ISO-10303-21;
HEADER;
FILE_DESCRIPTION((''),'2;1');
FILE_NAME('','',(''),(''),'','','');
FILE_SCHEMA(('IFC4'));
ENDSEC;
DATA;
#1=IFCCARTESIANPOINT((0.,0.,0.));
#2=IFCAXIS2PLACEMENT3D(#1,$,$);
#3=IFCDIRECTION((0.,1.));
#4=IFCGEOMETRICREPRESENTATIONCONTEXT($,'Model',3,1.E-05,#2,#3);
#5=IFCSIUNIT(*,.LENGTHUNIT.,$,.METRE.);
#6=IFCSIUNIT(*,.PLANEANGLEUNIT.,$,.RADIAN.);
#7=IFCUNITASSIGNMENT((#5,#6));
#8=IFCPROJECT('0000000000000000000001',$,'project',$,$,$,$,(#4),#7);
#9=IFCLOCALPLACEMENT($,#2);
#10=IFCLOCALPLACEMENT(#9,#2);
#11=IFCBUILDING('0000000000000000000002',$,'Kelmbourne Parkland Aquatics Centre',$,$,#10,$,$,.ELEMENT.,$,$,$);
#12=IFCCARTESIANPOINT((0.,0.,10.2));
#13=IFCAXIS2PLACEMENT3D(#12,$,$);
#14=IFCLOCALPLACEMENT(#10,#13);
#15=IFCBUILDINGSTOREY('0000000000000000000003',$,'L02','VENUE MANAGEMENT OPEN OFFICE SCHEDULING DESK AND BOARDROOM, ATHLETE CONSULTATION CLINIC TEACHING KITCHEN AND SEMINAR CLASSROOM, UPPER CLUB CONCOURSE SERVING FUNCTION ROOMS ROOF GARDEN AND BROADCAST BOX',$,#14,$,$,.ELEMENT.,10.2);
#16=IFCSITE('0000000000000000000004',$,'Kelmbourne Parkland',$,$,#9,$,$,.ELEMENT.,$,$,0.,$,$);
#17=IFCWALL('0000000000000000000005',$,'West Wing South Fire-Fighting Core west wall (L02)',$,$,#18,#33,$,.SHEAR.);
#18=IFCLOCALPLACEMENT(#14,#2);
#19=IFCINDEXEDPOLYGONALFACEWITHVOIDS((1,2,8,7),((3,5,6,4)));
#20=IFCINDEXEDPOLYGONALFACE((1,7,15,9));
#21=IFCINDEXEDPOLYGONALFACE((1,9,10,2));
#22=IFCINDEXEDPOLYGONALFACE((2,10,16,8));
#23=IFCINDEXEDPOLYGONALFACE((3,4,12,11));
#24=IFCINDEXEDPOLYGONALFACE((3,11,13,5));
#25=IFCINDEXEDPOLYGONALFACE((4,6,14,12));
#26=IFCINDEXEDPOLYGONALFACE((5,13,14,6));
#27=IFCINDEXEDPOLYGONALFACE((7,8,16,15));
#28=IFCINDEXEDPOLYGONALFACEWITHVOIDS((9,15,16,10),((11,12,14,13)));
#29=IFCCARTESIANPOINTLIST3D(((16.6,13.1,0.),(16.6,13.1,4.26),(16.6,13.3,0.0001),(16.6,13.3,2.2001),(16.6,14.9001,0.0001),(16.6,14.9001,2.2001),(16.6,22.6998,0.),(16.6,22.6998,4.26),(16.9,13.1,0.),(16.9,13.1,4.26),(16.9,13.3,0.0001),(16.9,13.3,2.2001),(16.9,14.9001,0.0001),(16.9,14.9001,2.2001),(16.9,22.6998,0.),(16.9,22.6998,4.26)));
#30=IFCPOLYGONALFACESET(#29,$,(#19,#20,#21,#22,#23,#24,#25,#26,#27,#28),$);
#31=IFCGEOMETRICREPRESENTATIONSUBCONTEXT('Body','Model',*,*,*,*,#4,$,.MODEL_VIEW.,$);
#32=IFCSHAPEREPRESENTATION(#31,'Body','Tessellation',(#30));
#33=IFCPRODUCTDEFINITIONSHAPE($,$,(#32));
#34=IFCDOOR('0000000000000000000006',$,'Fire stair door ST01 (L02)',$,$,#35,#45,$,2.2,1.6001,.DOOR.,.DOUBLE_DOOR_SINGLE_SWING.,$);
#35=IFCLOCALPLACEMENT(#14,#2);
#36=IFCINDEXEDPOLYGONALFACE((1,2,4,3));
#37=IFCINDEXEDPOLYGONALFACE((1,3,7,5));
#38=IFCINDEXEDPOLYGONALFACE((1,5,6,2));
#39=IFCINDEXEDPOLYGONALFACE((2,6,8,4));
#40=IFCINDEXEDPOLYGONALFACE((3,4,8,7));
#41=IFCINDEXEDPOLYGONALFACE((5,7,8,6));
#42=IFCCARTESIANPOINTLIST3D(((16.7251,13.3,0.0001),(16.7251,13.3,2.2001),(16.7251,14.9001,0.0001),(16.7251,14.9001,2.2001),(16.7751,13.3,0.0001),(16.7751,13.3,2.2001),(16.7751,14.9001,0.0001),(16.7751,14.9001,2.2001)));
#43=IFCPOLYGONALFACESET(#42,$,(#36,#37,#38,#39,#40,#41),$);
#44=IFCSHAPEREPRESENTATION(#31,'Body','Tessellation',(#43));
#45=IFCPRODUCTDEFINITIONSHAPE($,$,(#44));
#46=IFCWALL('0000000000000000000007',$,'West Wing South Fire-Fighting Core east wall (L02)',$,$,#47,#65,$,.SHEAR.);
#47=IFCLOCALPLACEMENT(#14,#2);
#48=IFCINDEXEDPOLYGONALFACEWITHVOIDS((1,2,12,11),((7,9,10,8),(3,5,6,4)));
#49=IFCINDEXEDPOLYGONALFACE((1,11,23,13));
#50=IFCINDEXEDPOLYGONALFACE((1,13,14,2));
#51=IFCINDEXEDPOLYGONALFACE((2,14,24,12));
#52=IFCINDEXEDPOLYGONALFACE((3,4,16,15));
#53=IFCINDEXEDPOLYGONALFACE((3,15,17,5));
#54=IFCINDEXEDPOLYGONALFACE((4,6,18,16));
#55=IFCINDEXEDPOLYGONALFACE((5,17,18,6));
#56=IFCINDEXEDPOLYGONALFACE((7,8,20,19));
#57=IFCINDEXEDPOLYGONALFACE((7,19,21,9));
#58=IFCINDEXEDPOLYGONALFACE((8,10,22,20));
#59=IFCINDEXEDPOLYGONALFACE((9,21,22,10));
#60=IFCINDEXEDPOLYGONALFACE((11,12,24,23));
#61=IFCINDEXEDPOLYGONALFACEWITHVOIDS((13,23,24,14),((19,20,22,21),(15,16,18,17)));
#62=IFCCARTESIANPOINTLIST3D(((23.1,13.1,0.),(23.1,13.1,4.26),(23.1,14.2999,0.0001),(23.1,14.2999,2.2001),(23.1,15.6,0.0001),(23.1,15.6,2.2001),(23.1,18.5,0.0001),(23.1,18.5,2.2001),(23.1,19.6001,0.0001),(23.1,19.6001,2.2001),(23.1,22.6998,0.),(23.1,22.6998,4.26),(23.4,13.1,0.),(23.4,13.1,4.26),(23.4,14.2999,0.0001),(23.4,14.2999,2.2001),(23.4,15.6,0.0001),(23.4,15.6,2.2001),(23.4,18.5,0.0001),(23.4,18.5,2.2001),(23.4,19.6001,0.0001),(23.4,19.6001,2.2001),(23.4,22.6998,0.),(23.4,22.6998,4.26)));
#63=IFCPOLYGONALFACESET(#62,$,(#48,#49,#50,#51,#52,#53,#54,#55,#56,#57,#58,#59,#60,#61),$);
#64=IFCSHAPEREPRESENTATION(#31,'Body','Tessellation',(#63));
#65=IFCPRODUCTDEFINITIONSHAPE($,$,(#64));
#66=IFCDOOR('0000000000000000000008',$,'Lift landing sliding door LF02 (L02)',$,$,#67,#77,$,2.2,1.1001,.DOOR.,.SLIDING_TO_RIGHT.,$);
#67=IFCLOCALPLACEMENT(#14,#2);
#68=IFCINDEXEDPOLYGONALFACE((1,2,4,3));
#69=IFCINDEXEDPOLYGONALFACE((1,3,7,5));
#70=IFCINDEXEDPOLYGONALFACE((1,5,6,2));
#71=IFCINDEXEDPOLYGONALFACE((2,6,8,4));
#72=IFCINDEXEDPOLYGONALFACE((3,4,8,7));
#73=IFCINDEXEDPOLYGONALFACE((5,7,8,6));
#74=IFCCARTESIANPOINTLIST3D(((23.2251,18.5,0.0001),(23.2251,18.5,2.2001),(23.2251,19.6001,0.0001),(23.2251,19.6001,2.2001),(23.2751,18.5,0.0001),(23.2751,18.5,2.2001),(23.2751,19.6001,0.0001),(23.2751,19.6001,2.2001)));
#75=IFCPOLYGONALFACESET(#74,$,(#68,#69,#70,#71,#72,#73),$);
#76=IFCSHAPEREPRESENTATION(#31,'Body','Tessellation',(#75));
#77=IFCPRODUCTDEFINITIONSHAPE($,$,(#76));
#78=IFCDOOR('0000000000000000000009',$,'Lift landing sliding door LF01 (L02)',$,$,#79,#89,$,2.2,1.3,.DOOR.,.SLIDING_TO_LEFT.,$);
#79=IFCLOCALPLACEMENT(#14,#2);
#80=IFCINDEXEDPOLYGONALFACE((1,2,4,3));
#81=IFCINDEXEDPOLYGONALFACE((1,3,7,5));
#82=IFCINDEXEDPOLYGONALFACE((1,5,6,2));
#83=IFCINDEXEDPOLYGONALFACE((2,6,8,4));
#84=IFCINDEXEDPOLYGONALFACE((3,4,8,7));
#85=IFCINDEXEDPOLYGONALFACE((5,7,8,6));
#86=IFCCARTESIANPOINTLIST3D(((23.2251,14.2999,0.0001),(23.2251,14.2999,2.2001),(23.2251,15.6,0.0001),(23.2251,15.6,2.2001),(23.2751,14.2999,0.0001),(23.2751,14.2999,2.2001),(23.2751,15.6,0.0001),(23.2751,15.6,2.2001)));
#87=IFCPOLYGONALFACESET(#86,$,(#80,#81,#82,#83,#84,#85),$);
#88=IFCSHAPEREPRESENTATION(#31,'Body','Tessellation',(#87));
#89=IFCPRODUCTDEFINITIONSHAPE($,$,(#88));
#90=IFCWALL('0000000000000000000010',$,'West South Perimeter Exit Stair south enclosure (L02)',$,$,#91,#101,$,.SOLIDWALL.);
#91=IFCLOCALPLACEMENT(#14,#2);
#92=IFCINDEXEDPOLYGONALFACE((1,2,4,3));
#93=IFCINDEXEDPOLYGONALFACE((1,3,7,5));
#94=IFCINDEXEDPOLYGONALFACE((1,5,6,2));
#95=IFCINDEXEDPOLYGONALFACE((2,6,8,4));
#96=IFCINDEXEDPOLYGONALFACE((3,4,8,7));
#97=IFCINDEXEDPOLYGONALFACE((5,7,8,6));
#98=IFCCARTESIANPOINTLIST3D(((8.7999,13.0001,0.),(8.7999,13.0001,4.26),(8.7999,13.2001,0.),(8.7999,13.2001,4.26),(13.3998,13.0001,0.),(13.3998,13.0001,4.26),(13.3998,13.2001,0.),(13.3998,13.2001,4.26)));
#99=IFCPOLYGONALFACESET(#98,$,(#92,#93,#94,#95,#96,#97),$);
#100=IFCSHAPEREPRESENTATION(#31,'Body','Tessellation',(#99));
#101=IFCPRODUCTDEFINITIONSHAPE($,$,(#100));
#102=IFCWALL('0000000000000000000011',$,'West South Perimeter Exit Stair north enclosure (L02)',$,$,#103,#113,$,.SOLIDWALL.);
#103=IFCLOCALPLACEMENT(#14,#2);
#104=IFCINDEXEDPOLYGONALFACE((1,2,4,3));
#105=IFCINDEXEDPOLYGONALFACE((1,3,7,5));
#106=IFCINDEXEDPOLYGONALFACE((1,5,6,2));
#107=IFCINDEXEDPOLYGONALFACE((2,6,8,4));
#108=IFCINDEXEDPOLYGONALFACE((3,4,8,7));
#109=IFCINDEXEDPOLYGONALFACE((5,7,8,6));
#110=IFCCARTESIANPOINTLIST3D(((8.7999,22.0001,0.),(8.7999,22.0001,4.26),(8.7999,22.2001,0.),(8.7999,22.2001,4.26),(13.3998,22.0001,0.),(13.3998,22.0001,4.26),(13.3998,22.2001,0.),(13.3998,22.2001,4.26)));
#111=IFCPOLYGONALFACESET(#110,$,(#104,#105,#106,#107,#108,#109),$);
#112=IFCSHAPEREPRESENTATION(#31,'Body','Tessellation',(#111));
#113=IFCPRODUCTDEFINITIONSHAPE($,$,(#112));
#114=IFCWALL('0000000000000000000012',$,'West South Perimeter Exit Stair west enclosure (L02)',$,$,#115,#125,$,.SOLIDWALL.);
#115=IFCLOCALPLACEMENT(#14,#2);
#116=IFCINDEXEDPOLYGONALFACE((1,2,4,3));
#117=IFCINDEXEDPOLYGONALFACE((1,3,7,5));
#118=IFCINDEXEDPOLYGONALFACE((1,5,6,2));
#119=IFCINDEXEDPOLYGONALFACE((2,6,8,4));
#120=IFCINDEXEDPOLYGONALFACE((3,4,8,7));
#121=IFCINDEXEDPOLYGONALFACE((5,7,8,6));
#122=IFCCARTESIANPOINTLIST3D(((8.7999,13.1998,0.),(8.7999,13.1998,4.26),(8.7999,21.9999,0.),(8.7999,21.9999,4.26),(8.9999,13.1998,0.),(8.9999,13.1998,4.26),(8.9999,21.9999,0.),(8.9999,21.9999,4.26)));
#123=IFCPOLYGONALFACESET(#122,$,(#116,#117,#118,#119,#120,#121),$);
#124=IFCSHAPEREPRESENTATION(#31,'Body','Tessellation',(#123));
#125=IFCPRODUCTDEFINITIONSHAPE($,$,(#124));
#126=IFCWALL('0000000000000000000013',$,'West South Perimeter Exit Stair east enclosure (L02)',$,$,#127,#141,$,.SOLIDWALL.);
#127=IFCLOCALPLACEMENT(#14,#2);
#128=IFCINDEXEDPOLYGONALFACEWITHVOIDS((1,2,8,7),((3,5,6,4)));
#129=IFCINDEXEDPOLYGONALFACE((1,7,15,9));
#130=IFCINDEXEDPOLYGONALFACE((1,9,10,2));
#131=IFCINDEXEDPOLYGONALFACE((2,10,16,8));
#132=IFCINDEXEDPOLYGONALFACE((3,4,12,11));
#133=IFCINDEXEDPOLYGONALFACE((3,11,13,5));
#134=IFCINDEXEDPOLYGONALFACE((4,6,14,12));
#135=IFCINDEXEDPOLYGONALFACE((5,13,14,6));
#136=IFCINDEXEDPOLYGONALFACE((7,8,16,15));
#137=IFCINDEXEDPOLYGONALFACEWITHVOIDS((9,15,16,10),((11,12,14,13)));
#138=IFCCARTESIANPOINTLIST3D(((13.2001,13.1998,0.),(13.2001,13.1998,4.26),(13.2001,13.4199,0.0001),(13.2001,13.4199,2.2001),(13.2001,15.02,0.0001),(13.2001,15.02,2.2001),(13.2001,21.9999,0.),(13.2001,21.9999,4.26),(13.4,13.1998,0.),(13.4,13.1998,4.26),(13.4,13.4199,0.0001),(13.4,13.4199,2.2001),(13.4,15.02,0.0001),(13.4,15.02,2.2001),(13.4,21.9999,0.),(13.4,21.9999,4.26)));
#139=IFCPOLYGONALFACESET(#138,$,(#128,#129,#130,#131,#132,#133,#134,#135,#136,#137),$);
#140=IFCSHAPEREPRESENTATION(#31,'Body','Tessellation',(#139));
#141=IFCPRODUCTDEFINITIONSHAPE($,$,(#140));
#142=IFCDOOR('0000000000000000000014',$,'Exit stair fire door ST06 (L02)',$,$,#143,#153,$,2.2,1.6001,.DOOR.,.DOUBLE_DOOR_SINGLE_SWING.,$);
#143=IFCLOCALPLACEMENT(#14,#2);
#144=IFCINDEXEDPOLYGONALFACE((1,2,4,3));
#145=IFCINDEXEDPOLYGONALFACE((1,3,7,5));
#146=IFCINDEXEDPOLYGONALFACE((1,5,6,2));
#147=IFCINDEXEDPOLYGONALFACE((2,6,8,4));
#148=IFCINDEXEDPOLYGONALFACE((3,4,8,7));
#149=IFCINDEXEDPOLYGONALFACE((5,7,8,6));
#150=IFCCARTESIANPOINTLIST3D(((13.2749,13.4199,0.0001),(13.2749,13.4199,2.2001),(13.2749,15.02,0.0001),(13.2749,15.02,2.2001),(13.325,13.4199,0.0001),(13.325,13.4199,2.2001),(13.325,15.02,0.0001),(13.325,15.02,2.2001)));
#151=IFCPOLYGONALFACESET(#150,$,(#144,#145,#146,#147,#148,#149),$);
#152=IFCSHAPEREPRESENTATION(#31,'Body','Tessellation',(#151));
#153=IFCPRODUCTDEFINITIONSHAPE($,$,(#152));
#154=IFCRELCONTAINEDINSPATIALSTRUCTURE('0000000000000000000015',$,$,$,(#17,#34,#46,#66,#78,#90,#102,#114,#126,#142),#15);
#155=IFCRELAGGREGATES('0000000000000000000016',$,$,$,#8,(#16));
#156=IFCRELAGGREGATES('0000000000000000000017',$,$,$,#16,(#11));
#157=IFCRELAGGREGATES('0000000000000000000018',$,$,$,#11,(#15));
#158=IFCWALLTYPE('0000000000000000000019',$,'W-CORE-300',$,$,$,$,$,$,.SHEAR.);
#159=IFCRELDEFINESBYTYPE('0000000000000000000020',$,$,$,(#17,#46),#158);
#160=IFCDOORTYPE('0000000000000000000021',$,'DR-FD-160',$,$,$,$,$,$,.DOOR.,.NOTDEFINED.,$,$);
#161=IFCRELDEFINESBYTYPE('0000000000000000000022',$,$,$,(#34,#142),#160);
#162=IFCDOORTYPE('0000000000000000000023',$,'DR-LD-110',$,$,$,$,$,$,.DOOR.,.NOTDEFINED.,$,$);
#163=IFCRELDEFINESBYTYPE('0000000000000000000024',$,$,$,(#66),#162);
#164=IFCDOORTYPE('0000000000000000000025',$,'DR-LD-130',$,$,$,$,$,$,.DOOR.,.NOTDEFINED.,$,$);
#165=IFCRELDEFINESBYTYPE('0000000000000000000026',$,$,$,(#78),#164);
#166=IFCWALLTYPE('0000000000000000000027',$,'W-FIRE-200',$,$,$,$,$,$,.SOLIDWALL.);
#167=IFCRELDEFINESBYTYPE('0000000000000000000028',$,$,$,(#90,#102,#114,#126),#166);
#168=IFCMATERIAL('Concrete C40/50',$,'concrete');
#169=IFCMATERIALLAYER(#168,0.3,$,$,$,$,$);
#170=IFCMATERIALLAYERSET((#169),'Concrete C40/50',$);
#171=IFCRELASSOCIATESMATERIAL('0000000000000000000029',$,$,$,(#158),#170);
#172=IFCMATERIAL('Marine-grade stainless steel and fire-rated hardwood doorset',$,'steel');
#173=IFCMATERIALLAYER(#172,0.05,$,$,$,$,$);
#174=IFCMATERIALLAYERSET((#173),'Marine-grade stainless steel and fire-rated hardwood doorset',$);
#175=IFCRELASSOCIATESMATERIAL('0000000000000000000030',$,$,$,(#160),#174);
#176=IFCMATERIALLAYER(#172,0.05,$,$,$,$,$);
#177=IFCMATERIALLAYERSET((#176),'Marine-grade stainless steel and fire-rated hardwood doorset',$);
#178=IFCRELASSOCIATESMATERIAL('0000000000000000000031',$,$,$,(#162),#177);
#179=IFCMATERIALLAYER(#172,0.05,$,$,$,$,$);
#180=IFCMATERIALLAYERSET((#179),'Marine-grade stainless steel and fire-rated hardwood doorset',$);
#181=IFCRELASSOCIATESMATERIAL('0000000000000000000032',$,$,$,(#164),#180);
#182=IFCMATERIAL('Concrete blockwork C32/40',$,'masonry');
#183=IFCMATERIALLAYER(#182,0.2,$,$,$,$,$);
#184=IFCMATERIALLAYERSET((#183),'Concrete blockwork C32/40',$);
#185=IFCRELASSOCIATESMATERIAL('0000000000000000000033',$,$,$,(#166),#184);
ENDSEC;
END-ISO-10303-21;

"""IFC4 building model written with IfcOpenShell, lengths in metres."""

from ifc_helpers import new_model, si_unit, direction, frame, frame_2d, origin, place, context, subcontext, project, spatial, rectangle, extrude, material, layer, layer_set, type_object, element, fill, save


model = new_model("IFC4")

# Units and contexts
model_context = context("Model", 3, precision=1e-05, world=origin(), true_north=direction((0.0, 1.0)))
body_context = subcontext(model_context, "Body", "Model", "MODEL_VIEW")
ifc_project = project(units=[si_unit("LENGTHUNIT", "METRE"), si_unit("PLANEANGLEUNIT", "RADIAN")], contexts=[model_context])

# Site, building, storey
site_placement = place(None, origin())
site = spatial("IfcSite", under=ifc_project, at=site_placement, Name="Kelmbourne Parkland", CompositionType="ELEMENT", RefElevation=0.0)
building_placement = place(site_placement, origin())
building = spatial("IfcBuilding", under=site, at=building_placement, Name="Kelmbourne Parkland Aquatics Centre", CompositionType="ELEMENT")
storey_placement = place(building_placement, frame((0.0, 0.0, 10.2)))
storey = spatial("IfcBuildingStorey", under=building, at=storey_placement, Name="L02", Description="VENUE MANAGEMENT OPEN OFFICE SCHEDULING DESK AND BOARDROOM, ATHLETE CONSULTATION CLINIC TEACHING KITCHEN AND SEMINAR CLASSROOM, UPPER CLUB CONCOURSE SERVING FUNCTION ROOMS ROOF GARDEN AND BROADCAST BOX", CompositionType="ELEMENT", Elevation=10.2)

# Shared definitions
ifc_material_1 = material(Name="Concrete C40/50", Category="concrete")

# Shared definitions
ifc_layer_1 = layer(ifc_material_1, 0.3)
ifc_layer_set_1 = layer_set([ifc_layer_1], Name="Concrete C40/50")
wall_type_1 = type_object("IfcWallType", Name="W-CORE-300", PredefinedType="SHEAR", material=ifc_layer_set_1)

# Wall, opening, door
wall_1_placement = place(storey_placement, frame((16.75, 13.1001, 0.0), z_axis=(0.0, 0.0, 1.0), x_axis=(0.0, 1.0, 0.0)))
wall_1 = element("IfcWall", 1, at=wall_1_placement, inside=storey, type_object=wall_type_1, Name="West Wing South Fire-Fighting Core west wall (L02)", PredefinedType="SHEAR", context=body_context, shape_type="SweptSolid", body=[
    extrude(rectangle(XDim=9.5999, YDim=0.3, at=frame_2d((4.7998, 0.0))), origin(), (0.0, 0.0, 1.0), 4.26),
])
opening_1_placement = place(wall_1_placement, frame((0.2, 0.0, 0.0)))
opening_1 = element("IfcOpeningElement", 2, at=opening_1_placement, cuts=wall_1, PredefinedType="OPENING", context=body_context, shape_type="SweptSolid", body=[
    extrude(rectangle(XDim=1.6001, YDim=2.2, at=frame_2d((0.8, 1.1001))), frame((0.0, 0.1621, 0.0), z_axis=(0.0, -1.0, 0.0), x_axis=(1.0, 0.0, 0.0)), (0.0, 0.0, 1.0), 0.324),
])
ifc_material_2 = material(Name="Marine-grade stainless steel and fire-rated hardwood doorset", Category="steel")
ifc_layer_2 = layer(ifc_material_2, 0.05)
ifc_layer_set_2 = layer_set([ifc_layer_2], Name="Marine-grade stainless steel and fire-rated hardwood doorset")
door_type_1 = type_object("IfcDoorType", Name="DR-FD-160", OperationType="NOTDEFINED", PredefinedType="DOOR", material=ifc_layer_set_2)
door_1_placement = place(opening_1_placement, origin())
door_1 = element("IfcDoor", 3, at=door_1_placement, inside=storey, type_object=door_type_1, Name="Fire stair door ST01 (L02)", OperationType="DOUBLE_DOOR_SINGLE_SWING", OverallHeight=2.2, OverallWidth=1.6001, PredefinedType="DOOR", context=body_context, shape_type="SweptSolid", body=[
    extrude(rectangle(XDim=1.6001, YDim=2.2, at=frame_2d((0.8, 1.1001))), frame((0.0, 0.0249, 0.0), z_axis=(0.0, -1.0, 0.0), x_axis=(1.0, 0.0, 0.0)), (0.0, 0.0, 1.0), 0.05),
])
fill(opening_1, door_1)

# Wall, openings, doors
wall_2_placement = place(storey_placement, frame((23.25, 13.1001, 0.0), z_axis=(0.0, 0.0, 1.0), x_axis=(0.0, 1.0, 0.0)))
wall_2 = element("IfcWall", 4, at=wall_2_placement, inside=storey, type_object=wall_type_1, Name="West Wing South Fire-Fighting Core east wall (L02)", PredefinedType="SHEAR", context=body_context, shape_type="SweptSolid", body=[
    extrude(rectangle(XDim=9.5999, YDim=0.3, at=frame_2d((4.7998, 0.0))), origin(), (0.0, 0.0, 1.0), 4.26),
])
opening_2_placement = place(wall_2_placement, frame((1.2, 0.0, 0.0)))
opening_2 = element("IfcOpeningElement", 5, at=opening_2_placement, cuts=wall_2, PredefinedType="OPENING", context=body_context, shape_type="SweptSolid", body=[
    extrude(rectangle(XDim=1.3, YDim=2.2, at=frame_2d((0.6499, 1.1001))), frame((0.0, 0.1621, 0.0), z_axis=(0.0, -1.0, 0.0), x_axis=(1.0, 0.0, 0.0)), (0.0, 0.0, 1.0), 0.324),
])
opening_3_placement = place(wall_2_placement, frame((5.3999, 0.0, 0.0)))
opening_3 = element("IfcOpeningElement", 6, at=opening_3_placement, cuts=wall_2, PredefinedType="OPENING", context=body_context, shape_type="SweptSolid", body=[
    extrude(rectangle(XDim=1.1001, YDim=2.2, at=frame_2d((0.55, 1.1001))), frame((0.0, 0.1621, 0.0), z_axis=(0.0, -1.0, 0.0), x_axis=(1.0, 0.0, 0.0)), (0.0, 0.0, 1.0), 0.324),
])
ifc_layer_3 = layer(ifc_material_2, 0.05)
ifc_layer_set_3 = layer_set([ifc_layer_3], Name="Marine-grade stainless steel and fire-rated hardwood doorset")
door_type_2 = type_object("IfcDoorType", Name="DR-LD-110", OperationType="NOTDEFINED", PredefinedType="DOOR", material=ifc_layer_set_3)
door_2_placement = place(opening_3_placement, origin())
door_2 = element("IfcDoor", 7, at=door_2_placement, inside=storey, type_object=door_type_2, Name="Lift landing sliding door LF02 (L02)", OperationType="SLIDING_TO_RIGHT", OverallHeight=2.2, OverallWidth=1.1001, PredefinedType="DOOR", context=body_context, shape_type="SweptSolid", body=[
    extrude(rectangle(XDim=1.1001, YDim=2.2, at=frame_2d((0.55, 1.1001))), frame((0.0, 0.0249, 0.0), z_axis=(0.0, -1.0, 0.0), x_axis=(1.0, 0.0, 0.0)), (0.0, 0.0, 1.0), 0.05),
])
fill(opening_3, door_2)
ifc_layer_4 = layer(ifc_material_2, 0.05)
ifc_layer_set_4 = layer_set([ifc_layer_4], Name="Marine-grade stainless steel and fire-rated hardwood doorset")
door_type_3 = type_object("IfcDoorType", Name="DR-LD-130", OperationType="NOTDEFINED", PredefinedType="DOOR", material=ifc_layer_set_4)
door_3_placement = place(opening_2_placement, origin())
door_3 = element("IfcDoor", 8, at=door_3_placement, inside=storey, type_object=door_type_3, Name="Lift landing sliding door LF01 (L02)", OperationType="SLIDING_TO_LEFT", OverallHeight=2.2, OverallWidth=1.3, PredefinedType="DOOR", context=body_context, shape_type="SweptSolid", body=[
    extrude(rectangle(XDim=1.3, YDim=2.2, at=frame_2d((0.6499, 1.1001))), frame((0.0, 0.0249, 0.0), z_axis=(0.0, -1.0, 0.0), x_axis=(1.0, 0.0, 0.0)), (0.0, 0.0, 1.0), 0.05),
])
fill(opening_2, door_3)

# Walls
ifc_material_3 = material(Name="Concrete blockwork C32/40", Category="masonry")
ifc_layer_5 = layer(ifc_material_3, 0.2)
ifc_layer_set_5 = layer_set([ifc_layer_5], Name="Concrete blockwork C32/40")
wall_type_2 = type_object("IfcWallType", Name="W-FIRE-200", PredefinedType="SOLIDWALL", material=ifc_layer_set_5)
for number, where, z_axis, x_axis, name in (
    (9, (8.8, 13.1001, 0.0), (0.0, 0.0, 1.0), (1.0, 0.0, 0.0), "West South Perimeter Exit Stair south enclosure (L02)"),
    (10, (8.8, 22.1001, 0.0), (0.0, 0.0, 1.0), (1.0, 0.0, 0.0), "West South Perimeter Exit Stair north enclosure (L02)"),
):
    element("IfcWall", number, at=place(storey_placement, frame(where, z_axis=z_axis, x_axis=x_axis)), inside=storey, type_object=wall_type_2, Name=name, PredefinedType="SOLIDWALL", context=body_context, shape_type="SweptSolid", body=[
        extrude(rectangle(XDim=4.5999, YDim=0.2, at=frame_2d((2.2998, 0.0))), origin(), (0.0, 0.0, 1.0), 4.26),
    ])
wall_3_placement = place(storey_placement, frame((8.8999, 13.2, 0.0), z_axis=(0.0, 0.0, 1.0), x_axis=(0.0, 1.0, 0.0)))
element("IfcWall", 11, at=wall_3_placement, inside=storey, type_object=wall_type_2, Name="West South Perimeter Exit Stair west enclosure (L02)", PredefinedType="SOLIDWALL", context=body_context, shape_type="SweptSolid", body=[
    extrude(rectangle(XDim=8.8, YDim=0.2, at=frame_2d((4.3999, 0.0))), origin(), (0.0, 0.0, 1.0), 4.26),
])

# Wall, opening, door
wall_4_placement = place(storey_placement, frame((13.3, 13.2, 0.0), z_axis=(0.0, 0.0, 1.0), x_axis=(0.0, 1.0, 0.0)))
wall_4 = element("IfcWall", 12, at=wall_4_placement, inside=storey, type_object=wall_type_2, Name="West South Perimeter Exit Stair east enclosure (L02)", PredefinedType="SOLIDWALL", context=body_context, shape_type="SweptSolid", body=[
    extrude(rectangle(XDim=8.8, YDim=0.2, at=frame_2d((4.3999, 0.0))), origin(), (0.0, 0.0, 1.0), 4.26),
])
opening_4_placement = place(wall_4_placement, frame((0.22, 0.0, 0.0)))
opening_4 = element("IfcOpeningElement", 13, at=opening_4_placement, cuts=wall_4, PredefinedType="OPENING", context=body_context, shape_type="SweptSolid", body=[
    extrude(rectangle(XDim=1.6001, YDim=2.2, at=frame_2d((0.8, 1.1001))), frame((0.0, 0.1118, 0.0), z_axis=(0.0, -1.0, 0.0), x_axis=(1.0, 0.0, 0.0)), (0.0, 0.0, 1.0), 0.2239),
])
door_4_placement = place(opening_4_placement, frame((1.6001, 0.0, 0.0), z_axis=(0.0, 0.0, 1.0), x_axis=(-1.0, 0.0, 0.0)))
door_4 = element("IfcDoor", 14, at=door_4_placement, inside=storey, type_object=door_type_1, Name="Exit stair fire door ST06 (L02)", OperationType="DOUBLE_DOOR_SINGLE_SWING", OverallHeight=2.2, OverallWidth=1.6001, PredefinedType="DOOR", context=body_context, shape_type="SweptSolid", body=[
    extrude(rectangle(XDim=1.6001, YDim=2.2, at=frame_2d((0.8, 1.1001))), frame((0.0, 0.0249, 0.0), z_axis=(0.0, -1.0, 0.0), x_axis=(1.0, 0.0, 0.0)), (0.0, 0.0, 1.0), 0.05),
])
fill(opening_4, door_4)

save(model, "model.ifc")
